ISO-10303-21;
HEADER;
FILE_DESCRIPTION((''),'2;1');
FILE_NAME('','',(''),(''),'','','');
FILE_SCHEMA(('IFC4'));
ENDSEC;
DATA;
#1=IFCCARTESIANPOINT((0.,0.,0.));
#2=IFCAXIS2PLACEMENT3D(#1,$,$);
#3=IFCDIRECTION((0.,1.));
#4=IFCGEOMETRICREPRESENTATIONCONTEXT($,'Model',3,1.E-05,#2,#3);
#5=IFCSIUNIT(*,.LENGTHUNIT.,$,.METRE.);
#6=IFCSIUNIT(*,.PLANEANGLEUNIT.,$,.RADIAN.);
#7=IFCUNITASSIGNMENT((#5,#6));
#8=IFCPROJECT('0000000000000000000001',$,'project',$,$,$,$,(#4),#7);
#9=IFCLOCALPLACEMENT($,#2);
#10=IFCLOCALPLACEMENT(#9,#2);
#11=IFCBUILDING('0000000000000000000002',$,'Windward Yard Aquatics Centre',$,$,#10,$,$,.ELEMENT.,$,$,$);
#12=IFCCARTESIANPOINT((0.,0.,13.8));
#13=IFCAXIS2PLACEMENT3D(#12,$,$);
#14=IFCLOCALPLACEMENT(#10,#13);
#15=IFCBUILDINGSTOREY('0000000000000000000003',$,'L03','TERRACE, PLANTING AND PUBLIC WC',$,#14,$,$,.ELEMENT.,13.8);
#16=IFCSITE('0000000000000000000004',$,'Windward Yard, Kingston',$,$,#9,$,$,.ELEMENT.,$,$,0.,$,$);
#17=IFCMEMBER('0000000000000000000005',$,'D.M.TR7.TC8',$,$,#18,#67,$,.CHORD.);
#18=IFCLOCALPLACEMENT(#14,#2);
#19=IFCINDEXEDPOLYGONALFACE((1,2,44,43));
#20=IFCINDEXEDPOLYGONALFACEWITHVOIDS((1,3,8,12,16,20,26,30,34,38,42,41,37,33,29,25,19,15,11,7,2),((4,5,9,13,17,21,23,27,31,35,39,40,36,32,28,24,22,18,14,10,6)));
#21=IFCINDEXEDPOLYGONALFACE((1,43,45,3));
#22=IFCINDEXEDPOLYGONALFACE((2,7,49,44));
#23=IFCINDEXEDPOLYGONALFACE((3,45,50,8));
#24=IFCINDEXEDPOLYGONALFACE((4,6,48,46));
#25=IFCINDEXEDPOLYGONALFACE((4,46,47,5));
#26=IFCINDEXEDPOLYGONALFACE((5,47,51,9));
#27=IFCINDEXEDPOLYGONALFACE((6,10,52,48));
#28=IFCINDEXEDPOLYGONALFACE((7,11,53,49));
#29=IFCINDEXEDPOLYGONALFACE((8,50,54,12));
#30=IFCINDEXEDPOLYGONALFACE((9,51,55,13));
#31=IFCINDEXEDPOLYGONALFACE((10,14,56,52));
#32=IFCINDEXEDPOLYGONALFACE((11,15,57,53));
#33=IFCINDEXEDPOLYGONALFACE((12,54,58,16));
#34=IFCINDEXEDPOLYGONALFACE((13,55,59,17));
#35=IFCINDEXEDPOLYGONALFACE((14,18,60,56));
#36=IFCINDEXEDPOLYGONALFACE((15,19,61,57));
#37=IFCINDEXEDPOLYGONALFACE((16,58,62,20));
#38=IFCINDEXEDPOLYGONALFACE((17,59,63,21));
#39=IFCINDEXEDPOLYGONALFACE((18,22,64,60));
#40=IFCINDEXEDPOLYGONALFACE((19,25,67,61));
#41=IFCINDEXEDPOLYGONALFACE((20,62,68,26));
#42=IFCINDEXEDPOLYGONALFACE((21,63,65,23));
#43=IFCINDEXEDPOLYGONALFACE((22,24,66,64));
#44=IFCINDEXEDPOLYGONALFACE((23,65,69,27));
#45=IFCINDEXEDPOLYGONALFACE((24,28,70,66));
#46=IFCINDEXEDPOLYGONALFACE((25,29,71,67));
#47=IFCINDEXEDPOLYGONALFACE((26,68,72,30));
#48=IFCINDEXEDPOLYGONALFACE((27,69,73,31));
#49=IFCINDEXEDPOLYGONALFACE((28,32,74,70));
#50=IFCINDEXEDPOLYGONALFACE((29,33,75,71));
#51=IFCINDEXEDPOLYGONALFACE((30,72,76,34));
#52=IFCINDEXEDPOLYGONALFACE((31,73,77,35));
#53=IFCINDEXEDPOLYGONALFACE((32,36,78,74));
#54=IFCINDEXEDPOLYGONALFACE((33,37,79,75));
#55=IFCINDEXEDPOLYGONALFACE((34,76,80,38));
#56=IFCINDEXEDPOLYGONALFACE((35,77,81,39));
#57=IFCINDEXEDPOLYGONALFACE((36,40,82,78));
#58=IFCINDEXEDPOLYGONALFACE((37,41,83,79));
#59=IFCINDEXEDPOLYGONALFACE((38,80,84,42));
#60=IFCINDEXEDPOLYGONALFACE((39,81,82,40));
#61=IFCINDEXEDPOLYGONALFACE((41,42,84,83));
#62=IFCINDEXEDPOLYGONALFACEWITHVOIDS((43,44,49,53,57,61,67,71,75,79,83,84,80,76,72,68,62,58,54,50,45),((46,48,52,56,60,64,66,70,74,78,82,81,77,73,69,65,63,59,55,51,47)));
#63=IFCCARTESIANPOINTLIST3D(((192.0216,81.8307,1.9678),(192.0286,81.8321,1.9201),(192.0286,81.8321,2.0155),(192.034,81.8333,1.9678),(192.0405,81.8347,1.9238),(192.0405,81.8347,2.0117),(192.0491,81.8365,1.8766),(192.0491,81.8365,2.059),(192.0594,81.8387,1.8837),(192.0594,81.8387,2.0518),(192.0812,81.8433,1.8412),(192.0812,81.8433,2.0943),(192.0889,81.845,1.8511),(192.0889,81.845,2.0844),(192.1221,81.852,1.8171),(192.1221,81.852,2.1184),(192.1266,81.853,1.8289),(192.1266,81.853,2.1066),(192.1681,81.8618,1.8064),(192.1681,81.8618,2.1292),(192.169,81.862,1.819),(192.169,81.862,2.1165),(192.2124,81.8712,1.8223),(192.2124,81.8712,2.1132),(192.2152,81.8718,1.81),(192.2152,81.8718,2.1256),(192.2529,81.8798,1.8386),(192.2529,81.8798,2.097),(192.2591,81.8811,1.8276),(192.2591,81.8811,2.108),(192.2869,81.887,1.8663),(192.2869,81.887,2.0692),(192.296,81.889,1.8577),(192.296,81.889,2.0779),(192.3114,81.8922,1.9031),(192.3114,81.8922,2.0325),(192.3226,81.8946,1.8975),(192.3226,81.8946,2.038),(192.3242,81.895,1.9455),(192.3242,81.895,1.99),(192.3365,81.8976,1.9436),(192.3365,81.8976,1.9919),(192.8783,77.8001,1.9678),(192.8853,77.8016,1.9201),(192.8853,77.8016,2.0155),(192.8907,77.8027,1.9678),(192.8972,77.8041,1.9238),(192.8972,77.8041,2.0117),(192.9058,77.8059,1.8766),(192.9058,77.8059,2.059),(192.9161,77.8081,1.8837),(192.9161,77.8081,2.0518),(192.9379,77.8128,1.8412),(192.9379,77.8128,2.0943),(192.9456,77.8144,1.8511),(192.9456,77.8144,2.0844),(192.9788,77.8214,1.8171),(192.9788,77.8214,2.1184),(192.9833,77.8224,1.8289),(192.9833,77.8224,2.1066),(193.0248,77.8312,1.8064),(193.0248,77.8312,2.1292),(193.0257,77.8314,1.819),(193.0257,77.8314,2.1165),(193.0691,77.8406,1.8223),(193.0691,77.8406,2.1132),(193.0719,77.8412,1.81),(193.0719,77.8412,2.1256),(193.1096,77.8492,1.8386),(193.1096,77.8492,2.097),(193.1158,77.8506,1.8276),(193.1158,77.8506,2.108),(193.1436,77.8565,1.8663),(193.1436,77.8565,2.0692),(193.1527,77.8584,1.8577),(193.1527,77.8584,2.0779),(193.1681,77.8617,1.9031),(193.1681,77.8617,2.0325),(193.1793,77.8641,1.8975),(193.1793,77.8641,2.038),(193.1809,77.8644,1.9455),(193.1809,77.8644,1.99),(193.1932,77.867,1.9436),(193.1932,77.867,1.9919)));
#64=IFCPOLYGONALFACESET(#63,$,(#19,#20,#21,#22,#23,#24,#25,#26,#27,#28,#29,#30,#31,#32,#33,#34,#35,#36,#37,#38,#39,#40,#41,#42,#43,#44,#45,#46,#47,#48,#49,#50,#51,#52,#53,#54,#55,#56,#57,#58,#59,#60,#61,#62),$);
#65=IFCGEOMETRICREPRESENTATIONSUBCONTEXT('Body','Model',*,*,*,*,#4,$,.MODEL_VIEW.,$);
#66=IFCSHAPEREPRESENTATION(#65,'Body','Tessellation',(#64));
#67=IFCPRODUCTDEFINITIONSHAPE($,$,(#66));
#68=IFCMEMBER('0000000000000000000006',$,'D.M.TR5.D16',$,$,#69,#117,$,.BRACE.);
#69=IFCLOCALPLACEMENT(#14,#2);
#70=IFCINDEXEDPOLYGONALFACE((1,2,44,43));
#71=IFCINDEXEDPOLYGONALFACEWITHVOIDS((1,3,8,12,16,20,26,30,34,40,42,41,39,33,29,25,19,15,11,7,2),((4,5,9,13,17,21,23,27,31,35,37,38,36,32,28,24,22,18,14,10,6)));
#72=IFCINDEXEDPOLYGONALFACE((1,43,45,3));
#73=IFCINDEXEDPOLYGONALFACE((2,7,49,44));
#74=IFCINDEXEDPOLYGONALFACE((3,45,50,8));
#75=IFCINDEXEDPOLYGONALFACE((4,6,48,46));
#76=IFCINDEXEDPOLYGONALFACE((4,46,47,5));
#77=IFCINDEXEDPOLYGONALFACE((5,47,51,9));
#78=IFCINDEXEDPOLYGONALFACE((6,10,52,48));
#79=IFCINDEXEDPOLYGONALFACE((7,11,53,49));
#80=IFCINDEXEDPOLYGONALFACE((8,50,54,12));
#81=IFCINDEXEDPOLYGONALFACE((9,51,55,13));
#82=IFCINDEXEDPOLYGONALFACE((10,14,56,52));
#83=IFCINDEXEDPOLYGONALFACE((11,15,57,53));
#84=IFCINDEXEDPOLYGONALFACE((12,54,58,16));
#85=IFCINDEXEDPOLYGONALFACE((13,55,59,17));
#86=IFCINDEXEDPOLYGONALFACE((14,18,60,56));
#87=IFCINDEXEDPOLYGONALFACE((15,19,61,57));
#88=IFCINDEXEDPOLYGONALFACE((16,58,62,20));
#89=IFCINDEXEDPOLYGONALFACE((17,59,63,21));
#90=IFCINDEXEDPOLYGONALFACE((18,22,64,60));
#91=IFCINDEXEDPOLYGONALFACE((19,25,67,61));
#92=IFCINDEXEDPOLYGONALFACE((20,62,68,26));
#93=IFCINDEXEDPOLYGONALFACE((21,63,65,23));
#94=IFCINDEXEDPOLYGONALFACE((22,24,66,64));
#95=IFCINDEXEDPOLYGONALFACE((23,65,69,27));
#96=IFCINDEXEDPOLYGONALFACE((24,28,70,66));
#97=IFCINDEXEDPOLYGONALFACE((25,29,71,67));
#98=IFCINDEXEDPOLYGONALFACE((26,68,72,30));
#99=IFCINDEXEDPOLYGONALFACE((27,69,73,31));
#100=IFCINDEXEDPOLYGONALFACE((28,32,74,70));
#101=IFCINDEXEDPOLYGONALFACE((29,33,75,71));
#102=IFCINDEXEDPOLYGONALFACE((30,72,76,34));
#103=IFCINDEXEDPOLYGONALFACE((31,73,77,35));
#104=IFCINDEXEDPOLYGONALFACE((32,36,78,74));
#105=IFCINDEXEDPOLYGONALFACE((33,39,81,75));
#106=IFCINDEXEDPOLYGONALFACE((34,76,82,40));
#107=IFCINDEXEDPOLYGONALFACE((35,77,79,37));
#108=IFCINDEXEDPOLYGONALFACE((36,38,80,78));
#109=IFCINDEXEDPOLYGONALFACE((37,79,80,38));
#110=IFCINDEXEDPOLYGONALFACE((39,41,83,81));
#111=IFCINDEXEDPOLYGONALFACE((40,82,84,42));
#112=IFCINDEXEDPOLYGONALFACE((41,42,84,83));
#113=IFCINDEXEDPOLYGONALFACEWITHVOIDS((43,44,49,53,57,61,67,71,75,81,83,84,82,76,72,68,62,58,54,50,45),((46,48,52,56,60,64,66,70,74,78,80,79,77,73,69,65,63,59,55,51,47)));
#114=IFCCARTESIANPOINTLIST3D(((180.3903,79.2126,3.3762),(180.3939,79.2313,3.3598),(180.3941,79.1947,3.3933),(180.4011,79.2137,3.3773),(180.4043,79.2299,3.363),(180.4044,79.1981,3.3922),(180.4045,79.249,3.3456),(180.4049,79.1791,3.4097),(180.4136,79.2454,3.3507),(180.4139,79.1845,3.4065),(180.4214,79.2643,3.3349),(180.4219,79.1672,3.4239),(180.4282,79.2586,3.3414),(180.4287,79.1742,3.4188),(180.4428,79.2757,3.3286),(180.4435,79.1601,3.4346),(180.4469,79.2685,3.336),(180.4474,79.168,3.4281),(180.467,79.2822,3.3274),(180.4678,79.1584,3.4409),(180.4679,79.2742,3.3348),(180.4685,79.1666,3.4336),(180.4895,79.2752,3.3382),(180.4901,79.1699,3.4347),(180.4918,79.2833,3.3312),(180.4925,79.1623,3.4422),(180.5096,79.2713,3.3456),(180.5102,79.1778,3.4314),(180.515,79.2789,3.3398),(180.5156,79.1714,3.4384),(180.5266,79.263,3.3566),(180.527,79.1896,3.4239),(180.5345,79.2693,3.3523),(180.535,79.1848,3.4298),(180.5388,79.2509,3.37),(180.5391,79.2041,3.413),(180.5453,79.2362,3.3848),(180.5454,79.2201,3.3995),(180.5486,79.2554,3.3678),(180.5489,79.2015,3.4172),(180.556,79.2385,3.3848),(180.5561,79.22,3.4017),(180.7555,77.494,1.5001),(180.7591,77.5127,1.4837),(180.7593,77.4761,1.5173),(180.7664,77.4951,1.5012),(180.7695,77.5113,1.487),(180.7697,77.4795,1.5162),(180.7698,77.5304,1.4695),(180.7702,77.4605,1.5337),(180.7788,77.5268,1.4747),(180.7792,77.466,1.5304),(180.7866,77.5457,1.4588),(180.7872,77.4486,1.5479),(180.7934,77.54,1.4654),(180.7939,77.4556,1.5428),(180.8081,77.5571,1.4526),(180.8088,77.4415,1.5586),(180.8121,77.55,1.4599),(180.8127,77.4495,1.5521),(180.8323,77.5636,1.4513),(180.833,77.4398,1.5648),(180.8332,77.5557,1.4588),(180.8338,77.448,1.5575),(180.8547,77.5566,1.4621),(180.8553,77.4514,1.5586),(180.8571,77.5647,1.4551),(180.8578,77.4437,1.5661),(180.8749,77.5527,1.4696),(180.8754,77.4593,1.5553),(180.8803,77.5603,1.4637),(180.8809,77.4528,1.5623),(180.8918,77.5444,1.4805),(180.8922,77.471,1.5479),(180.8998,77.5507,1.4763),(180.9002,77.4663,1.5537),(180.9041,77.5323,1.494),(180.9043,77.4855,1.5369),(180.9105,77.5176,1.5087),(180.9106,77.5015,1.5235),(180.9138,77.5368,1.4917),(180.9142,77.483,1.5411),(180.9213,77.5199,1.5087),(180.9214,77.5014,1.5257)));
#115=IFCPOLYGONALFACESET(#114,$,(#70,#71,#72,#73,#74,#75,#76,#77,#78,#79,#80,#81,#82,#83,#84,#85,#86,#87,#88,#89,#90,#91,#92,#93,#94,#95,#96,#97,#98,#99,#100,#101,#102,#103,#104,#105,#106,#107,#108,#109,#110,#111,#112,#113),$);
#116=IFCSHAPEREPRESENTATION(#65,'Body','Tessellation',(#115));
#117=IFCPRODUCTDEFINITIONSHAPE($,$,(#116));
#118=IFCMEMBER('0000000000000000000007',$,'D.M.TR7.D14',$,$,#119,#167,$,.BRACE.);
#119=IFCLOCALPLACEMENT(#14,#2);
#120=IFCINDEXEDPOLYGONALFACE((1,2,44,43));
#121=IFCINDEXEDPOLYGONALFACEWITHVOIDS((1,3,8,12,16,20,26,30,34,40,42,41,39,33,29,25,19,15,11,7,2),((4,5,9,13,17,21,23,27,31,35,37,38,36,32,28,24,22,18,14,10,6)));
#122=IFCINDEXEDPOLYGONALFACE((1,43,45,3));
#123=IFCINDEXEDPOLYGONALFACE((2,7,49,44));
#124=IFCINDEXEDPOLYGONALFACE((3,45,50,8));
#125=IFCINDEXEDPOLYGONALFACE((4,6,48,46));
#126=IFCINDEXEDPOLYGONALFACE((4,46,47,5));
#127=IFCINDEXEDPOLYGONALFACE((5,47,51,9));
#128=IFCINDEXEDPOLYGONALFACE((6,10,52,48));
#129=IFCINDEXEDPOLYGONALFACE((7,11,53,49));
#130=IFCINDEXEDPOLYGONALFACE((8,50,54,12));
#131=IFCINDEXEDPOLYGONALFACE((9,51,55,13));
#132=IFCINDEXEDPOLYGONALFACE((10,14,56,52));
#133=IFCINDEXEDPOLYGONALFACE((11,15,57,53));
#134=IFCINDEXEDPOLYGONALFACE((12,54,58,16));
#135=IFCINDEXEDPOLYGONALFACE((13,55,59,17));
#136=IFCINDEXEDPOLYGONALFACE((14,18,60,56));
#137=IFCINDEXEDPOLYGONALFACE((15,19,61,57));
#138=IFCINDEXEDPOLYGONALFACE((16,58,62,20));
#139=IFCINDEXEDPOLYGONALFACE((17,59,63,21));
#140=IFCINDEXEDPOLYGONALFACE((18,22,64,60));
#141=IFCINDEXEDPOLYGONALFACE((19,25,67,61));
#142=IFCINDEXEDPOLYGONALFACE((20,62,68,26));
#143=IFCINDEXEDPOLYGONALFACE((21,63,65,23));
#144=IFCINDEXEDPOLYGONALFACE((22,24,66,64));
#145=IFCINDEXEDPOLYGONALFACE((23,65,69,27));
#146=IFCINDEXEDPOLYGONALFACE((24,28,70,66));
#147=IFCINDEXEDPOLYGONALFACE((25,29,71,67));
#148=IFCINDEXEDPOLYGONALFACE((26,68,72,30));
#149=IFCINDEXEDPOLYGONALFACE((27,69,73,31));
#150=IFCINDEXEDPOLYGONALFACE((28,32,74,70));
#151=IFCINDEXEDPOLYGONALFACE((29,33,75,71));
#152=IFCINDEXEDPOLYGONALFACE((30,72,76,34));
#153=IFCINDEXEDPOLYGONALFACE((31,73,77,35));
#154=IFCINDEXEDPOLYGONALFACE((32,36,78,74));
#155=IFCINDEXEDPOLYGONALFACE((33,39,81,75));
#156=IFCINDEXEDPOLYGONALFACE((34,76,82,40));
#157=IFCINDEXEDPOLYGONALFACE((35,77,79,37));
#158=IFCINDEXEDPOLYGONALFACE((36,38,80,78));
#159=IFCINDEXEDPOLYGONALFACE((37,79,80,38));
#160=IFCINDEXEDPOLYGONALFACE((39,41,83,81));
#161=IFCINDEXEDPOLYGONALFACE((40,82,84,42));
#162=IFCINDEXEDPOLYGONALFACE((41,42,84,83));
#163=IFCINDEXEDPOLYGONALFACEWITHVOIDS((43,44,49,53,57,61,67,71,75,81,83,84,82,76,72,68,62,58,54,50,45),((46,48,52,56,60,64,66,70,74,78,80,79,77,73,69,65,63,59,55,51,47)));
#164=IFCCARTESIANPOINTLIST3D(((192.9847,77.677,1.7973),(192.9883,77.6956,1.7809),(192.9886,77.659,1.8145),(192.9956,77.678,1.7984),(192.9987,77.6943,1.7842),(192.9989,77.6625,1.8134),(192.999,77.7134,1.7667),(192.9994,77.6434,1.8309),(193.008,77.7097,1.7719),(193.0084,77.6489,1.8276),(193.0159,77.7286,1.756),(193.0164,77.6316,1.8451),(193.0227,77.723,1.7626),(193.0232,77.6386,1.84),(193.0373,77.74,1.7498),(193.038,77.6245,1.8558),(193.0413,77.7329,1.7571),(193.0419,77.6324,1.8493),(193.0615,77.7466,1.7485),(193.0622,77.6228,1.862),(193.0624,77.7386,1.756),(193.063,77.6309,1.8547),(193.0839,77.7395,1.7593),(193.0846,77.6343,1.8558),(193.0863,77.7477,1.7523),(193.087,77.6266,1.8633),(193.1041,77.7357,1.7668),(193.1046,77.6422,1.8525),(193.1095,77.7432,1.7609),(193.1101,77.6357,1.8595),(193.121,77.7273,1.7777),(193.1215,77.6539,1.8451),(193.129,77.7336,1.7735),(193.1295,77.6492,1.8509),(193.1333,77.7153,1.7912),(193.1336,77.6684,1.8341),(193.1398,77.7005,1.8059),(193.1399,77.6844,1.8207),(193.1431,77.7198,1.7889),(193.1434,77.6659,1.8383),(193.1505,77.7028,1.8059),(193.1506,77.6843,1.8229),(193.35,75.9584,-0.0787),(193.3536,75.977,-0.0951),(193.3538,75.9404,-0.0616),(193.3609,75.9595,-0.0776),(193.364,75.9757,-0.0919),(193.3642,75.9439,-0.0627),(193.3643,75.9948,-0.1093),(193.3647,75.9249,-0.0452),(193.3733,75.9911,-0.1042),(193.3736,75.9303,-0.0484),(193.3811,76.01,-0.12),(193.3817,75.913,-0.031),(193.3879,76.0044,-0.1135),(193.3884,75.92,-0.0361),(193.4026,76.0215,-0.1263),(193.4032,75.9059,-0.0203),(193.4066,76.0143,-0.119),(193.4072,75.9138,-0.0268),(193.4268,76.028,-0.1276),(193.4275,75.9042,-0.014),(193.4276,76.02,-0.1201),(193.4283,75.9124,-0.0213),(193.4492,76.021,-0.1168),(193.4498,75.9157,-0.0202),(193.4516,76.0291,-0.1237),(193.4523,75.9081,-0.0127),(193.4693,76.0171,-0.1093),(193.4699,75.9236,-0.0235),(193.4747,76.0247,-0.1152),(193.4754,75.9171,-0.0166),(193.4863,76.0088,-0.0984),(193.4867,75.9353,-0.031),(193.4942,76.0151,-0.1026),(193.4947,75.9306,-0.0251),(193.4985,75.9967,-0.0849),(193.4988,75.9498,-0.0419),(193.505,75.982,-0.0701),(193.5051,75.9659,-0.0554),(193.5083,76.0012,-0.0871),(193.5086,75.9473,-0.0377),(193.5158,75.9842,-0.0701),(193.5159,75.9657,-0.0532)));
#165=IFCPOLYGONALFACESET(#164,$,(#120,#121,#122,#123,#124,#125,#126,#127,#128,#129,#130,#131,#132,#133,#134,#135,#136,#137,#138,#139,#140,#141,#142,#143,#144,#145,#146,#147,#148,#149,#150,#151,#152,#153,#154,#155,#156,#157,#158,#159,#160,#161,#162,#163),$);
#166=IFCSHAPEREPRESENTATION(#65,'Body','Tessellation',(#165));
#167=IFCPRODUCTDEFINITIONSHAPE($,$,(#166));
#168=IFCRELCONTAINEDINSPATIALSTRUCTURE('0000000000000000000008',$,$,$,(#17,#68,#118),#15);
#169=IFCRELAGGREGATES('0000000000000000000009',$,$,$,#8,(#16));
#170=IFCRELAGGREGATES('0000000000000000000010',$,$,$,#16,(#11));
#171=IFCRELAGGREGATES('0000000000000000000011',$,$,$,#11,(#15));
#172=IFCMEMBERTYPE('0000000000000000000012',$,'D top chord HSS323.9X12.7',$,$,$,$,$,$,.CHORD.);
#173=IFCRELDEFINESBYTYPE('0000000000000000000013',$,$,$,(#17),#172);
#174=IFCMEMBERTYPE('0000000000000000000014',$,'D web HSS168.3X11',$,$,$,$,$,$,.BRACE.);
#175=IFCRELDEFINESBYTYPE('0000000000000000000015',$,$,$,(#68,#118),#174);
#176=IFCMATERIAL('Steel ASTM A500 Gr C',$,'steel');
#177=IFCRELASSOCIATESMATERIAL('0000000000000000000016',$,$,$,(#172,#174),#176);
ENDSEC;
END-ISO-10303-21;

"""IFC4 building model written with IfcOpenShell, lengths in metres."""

from ifc_helpers import new_model, si_unit, direction, frame, origin, origin_2d, place, context, subcontext, project, spatial, hollow_circle, extrude, material, material_profile, profile_set, type_object, element, save


model = new_model("IFC4")

# Units and contexts
model_context = context("Model", 3, precision=1e-05, world=origin(), true_north=direction((0.0, 1.0)))
body_context = subcontext(model_context, "Body", "Model", "MODEL_VIEW")
ifc_project = project(units=[si_unit("LENGTHUNIT", "METRE"), si_unit("PLANEANGLEUNIT", "RADIAN")], contexts=[model_context])

# Site, building, storey
site_placement = place(None, origin())
site = spatial("IfcSite", under=ifc_project, at=site_placement, Name="Windward Yard, Kingston", CompositionType="ELEMENT", RefElevation=0.0)
building_placement = place(site_placement, origin())
building = spatial("IfcBuilding", under=site, at=building_placement, Name="Windward Yard Aquatics Centre", CompositionType="ELEMENT")
storey_placement = place(building_placement, frame((0.0, 0.0, 13.8)))
storey = spatial("IfcBuildingStorey", under=building, at=storey_placement, Name="L03", Description="TERRACE, PLANTING AND PUBLIC WC", CompositionType="ELEMENT", Elevation=13.8)

# Shared definitions
ifc_material_1 = material(Name="Steel ASTM A500 Gr C", Category="steel")

# Members
ifc_material_profile_1 = material_profile(ifc_material_1, hollow_circle(Radius=0.1619, WallThickness=0.0127, at=origin_2d()), Name="HSS323.9X12.7")
ifc_profile_set_1 = profile_set([ifc_material_profile_1], Name="Steel ASTM A500 Gr C")
member_type_1 = type_object("IfcMemberType", Name="D top chord HSS323.9X12.7", PredefinedType="CHORD", material=ifc_profile_set_1)
member_1_placement = place(storey_placement, frame((193.0366, 77.8337, 1.9678), z_axis=(-0.207906, 0.978149, 0.0), x_axis=(-0.978149, -0.207906, 0.0)))
element("IfcMember", 1, at=member_1_placement, inside=storey, type_object=member_type_1, Name="D.M.TR7.TC8", PredefinedType="CHORD", context=body_context, shape_type="SweptSolid", body=[
    extrude(hollow_circle(Radius=0.1619, WallThickness=0.0127, at=origin_2d()), origin(), (0.0, 0.0, 1.0), 4.1206),
])
ifc_material_profile_2 = material_profile(ifc_material_1, hollow_circle(Radius=0.0842, WallThickness=0.011, at=origin_2d()), Name="HSS168.3X11")
ifc_profile_set_2 = profile_set([ifc_material_profile_2], Name="Steel ASTM A500 Gr C")
member_type_2 = type_object("IfcMemberType", Name="D web HSS168.3X11", PredefinedType="BRACE", material=ifc_profile_set_2)
for number, where, z_axis, x_axis, name in (
    (2, (180.4736, 79.2209, 3.3848), (0.142103, -0.668626, -0.729894), (0.978153, 0.207887, 0.0), "D.M.TR5.D16"),
    (3, (193.0681, 77.6853, 1.8059), (0.142103, -0.668626, -0.729894), (0.978153, 0.207887, 0.0), "D.M.TR7.D14"),
):
    element("IfcMember", number, at=place(storey_placement, frame(where, z_axis=z_axis, x_axis=x_axis)), inside=storey, type_object=member_type_2, Name=name, PredefinedType="BRACE", context=body_context, shape_type="SweptSolid", body=[
        extrude(hollow_circle(Radius=0.0842, WallThickness=0.011, at=origin_2d()), origin(), (0.0, 0.0, 1.0), 2.5703),
    ])

save(model, "model.ifc")
